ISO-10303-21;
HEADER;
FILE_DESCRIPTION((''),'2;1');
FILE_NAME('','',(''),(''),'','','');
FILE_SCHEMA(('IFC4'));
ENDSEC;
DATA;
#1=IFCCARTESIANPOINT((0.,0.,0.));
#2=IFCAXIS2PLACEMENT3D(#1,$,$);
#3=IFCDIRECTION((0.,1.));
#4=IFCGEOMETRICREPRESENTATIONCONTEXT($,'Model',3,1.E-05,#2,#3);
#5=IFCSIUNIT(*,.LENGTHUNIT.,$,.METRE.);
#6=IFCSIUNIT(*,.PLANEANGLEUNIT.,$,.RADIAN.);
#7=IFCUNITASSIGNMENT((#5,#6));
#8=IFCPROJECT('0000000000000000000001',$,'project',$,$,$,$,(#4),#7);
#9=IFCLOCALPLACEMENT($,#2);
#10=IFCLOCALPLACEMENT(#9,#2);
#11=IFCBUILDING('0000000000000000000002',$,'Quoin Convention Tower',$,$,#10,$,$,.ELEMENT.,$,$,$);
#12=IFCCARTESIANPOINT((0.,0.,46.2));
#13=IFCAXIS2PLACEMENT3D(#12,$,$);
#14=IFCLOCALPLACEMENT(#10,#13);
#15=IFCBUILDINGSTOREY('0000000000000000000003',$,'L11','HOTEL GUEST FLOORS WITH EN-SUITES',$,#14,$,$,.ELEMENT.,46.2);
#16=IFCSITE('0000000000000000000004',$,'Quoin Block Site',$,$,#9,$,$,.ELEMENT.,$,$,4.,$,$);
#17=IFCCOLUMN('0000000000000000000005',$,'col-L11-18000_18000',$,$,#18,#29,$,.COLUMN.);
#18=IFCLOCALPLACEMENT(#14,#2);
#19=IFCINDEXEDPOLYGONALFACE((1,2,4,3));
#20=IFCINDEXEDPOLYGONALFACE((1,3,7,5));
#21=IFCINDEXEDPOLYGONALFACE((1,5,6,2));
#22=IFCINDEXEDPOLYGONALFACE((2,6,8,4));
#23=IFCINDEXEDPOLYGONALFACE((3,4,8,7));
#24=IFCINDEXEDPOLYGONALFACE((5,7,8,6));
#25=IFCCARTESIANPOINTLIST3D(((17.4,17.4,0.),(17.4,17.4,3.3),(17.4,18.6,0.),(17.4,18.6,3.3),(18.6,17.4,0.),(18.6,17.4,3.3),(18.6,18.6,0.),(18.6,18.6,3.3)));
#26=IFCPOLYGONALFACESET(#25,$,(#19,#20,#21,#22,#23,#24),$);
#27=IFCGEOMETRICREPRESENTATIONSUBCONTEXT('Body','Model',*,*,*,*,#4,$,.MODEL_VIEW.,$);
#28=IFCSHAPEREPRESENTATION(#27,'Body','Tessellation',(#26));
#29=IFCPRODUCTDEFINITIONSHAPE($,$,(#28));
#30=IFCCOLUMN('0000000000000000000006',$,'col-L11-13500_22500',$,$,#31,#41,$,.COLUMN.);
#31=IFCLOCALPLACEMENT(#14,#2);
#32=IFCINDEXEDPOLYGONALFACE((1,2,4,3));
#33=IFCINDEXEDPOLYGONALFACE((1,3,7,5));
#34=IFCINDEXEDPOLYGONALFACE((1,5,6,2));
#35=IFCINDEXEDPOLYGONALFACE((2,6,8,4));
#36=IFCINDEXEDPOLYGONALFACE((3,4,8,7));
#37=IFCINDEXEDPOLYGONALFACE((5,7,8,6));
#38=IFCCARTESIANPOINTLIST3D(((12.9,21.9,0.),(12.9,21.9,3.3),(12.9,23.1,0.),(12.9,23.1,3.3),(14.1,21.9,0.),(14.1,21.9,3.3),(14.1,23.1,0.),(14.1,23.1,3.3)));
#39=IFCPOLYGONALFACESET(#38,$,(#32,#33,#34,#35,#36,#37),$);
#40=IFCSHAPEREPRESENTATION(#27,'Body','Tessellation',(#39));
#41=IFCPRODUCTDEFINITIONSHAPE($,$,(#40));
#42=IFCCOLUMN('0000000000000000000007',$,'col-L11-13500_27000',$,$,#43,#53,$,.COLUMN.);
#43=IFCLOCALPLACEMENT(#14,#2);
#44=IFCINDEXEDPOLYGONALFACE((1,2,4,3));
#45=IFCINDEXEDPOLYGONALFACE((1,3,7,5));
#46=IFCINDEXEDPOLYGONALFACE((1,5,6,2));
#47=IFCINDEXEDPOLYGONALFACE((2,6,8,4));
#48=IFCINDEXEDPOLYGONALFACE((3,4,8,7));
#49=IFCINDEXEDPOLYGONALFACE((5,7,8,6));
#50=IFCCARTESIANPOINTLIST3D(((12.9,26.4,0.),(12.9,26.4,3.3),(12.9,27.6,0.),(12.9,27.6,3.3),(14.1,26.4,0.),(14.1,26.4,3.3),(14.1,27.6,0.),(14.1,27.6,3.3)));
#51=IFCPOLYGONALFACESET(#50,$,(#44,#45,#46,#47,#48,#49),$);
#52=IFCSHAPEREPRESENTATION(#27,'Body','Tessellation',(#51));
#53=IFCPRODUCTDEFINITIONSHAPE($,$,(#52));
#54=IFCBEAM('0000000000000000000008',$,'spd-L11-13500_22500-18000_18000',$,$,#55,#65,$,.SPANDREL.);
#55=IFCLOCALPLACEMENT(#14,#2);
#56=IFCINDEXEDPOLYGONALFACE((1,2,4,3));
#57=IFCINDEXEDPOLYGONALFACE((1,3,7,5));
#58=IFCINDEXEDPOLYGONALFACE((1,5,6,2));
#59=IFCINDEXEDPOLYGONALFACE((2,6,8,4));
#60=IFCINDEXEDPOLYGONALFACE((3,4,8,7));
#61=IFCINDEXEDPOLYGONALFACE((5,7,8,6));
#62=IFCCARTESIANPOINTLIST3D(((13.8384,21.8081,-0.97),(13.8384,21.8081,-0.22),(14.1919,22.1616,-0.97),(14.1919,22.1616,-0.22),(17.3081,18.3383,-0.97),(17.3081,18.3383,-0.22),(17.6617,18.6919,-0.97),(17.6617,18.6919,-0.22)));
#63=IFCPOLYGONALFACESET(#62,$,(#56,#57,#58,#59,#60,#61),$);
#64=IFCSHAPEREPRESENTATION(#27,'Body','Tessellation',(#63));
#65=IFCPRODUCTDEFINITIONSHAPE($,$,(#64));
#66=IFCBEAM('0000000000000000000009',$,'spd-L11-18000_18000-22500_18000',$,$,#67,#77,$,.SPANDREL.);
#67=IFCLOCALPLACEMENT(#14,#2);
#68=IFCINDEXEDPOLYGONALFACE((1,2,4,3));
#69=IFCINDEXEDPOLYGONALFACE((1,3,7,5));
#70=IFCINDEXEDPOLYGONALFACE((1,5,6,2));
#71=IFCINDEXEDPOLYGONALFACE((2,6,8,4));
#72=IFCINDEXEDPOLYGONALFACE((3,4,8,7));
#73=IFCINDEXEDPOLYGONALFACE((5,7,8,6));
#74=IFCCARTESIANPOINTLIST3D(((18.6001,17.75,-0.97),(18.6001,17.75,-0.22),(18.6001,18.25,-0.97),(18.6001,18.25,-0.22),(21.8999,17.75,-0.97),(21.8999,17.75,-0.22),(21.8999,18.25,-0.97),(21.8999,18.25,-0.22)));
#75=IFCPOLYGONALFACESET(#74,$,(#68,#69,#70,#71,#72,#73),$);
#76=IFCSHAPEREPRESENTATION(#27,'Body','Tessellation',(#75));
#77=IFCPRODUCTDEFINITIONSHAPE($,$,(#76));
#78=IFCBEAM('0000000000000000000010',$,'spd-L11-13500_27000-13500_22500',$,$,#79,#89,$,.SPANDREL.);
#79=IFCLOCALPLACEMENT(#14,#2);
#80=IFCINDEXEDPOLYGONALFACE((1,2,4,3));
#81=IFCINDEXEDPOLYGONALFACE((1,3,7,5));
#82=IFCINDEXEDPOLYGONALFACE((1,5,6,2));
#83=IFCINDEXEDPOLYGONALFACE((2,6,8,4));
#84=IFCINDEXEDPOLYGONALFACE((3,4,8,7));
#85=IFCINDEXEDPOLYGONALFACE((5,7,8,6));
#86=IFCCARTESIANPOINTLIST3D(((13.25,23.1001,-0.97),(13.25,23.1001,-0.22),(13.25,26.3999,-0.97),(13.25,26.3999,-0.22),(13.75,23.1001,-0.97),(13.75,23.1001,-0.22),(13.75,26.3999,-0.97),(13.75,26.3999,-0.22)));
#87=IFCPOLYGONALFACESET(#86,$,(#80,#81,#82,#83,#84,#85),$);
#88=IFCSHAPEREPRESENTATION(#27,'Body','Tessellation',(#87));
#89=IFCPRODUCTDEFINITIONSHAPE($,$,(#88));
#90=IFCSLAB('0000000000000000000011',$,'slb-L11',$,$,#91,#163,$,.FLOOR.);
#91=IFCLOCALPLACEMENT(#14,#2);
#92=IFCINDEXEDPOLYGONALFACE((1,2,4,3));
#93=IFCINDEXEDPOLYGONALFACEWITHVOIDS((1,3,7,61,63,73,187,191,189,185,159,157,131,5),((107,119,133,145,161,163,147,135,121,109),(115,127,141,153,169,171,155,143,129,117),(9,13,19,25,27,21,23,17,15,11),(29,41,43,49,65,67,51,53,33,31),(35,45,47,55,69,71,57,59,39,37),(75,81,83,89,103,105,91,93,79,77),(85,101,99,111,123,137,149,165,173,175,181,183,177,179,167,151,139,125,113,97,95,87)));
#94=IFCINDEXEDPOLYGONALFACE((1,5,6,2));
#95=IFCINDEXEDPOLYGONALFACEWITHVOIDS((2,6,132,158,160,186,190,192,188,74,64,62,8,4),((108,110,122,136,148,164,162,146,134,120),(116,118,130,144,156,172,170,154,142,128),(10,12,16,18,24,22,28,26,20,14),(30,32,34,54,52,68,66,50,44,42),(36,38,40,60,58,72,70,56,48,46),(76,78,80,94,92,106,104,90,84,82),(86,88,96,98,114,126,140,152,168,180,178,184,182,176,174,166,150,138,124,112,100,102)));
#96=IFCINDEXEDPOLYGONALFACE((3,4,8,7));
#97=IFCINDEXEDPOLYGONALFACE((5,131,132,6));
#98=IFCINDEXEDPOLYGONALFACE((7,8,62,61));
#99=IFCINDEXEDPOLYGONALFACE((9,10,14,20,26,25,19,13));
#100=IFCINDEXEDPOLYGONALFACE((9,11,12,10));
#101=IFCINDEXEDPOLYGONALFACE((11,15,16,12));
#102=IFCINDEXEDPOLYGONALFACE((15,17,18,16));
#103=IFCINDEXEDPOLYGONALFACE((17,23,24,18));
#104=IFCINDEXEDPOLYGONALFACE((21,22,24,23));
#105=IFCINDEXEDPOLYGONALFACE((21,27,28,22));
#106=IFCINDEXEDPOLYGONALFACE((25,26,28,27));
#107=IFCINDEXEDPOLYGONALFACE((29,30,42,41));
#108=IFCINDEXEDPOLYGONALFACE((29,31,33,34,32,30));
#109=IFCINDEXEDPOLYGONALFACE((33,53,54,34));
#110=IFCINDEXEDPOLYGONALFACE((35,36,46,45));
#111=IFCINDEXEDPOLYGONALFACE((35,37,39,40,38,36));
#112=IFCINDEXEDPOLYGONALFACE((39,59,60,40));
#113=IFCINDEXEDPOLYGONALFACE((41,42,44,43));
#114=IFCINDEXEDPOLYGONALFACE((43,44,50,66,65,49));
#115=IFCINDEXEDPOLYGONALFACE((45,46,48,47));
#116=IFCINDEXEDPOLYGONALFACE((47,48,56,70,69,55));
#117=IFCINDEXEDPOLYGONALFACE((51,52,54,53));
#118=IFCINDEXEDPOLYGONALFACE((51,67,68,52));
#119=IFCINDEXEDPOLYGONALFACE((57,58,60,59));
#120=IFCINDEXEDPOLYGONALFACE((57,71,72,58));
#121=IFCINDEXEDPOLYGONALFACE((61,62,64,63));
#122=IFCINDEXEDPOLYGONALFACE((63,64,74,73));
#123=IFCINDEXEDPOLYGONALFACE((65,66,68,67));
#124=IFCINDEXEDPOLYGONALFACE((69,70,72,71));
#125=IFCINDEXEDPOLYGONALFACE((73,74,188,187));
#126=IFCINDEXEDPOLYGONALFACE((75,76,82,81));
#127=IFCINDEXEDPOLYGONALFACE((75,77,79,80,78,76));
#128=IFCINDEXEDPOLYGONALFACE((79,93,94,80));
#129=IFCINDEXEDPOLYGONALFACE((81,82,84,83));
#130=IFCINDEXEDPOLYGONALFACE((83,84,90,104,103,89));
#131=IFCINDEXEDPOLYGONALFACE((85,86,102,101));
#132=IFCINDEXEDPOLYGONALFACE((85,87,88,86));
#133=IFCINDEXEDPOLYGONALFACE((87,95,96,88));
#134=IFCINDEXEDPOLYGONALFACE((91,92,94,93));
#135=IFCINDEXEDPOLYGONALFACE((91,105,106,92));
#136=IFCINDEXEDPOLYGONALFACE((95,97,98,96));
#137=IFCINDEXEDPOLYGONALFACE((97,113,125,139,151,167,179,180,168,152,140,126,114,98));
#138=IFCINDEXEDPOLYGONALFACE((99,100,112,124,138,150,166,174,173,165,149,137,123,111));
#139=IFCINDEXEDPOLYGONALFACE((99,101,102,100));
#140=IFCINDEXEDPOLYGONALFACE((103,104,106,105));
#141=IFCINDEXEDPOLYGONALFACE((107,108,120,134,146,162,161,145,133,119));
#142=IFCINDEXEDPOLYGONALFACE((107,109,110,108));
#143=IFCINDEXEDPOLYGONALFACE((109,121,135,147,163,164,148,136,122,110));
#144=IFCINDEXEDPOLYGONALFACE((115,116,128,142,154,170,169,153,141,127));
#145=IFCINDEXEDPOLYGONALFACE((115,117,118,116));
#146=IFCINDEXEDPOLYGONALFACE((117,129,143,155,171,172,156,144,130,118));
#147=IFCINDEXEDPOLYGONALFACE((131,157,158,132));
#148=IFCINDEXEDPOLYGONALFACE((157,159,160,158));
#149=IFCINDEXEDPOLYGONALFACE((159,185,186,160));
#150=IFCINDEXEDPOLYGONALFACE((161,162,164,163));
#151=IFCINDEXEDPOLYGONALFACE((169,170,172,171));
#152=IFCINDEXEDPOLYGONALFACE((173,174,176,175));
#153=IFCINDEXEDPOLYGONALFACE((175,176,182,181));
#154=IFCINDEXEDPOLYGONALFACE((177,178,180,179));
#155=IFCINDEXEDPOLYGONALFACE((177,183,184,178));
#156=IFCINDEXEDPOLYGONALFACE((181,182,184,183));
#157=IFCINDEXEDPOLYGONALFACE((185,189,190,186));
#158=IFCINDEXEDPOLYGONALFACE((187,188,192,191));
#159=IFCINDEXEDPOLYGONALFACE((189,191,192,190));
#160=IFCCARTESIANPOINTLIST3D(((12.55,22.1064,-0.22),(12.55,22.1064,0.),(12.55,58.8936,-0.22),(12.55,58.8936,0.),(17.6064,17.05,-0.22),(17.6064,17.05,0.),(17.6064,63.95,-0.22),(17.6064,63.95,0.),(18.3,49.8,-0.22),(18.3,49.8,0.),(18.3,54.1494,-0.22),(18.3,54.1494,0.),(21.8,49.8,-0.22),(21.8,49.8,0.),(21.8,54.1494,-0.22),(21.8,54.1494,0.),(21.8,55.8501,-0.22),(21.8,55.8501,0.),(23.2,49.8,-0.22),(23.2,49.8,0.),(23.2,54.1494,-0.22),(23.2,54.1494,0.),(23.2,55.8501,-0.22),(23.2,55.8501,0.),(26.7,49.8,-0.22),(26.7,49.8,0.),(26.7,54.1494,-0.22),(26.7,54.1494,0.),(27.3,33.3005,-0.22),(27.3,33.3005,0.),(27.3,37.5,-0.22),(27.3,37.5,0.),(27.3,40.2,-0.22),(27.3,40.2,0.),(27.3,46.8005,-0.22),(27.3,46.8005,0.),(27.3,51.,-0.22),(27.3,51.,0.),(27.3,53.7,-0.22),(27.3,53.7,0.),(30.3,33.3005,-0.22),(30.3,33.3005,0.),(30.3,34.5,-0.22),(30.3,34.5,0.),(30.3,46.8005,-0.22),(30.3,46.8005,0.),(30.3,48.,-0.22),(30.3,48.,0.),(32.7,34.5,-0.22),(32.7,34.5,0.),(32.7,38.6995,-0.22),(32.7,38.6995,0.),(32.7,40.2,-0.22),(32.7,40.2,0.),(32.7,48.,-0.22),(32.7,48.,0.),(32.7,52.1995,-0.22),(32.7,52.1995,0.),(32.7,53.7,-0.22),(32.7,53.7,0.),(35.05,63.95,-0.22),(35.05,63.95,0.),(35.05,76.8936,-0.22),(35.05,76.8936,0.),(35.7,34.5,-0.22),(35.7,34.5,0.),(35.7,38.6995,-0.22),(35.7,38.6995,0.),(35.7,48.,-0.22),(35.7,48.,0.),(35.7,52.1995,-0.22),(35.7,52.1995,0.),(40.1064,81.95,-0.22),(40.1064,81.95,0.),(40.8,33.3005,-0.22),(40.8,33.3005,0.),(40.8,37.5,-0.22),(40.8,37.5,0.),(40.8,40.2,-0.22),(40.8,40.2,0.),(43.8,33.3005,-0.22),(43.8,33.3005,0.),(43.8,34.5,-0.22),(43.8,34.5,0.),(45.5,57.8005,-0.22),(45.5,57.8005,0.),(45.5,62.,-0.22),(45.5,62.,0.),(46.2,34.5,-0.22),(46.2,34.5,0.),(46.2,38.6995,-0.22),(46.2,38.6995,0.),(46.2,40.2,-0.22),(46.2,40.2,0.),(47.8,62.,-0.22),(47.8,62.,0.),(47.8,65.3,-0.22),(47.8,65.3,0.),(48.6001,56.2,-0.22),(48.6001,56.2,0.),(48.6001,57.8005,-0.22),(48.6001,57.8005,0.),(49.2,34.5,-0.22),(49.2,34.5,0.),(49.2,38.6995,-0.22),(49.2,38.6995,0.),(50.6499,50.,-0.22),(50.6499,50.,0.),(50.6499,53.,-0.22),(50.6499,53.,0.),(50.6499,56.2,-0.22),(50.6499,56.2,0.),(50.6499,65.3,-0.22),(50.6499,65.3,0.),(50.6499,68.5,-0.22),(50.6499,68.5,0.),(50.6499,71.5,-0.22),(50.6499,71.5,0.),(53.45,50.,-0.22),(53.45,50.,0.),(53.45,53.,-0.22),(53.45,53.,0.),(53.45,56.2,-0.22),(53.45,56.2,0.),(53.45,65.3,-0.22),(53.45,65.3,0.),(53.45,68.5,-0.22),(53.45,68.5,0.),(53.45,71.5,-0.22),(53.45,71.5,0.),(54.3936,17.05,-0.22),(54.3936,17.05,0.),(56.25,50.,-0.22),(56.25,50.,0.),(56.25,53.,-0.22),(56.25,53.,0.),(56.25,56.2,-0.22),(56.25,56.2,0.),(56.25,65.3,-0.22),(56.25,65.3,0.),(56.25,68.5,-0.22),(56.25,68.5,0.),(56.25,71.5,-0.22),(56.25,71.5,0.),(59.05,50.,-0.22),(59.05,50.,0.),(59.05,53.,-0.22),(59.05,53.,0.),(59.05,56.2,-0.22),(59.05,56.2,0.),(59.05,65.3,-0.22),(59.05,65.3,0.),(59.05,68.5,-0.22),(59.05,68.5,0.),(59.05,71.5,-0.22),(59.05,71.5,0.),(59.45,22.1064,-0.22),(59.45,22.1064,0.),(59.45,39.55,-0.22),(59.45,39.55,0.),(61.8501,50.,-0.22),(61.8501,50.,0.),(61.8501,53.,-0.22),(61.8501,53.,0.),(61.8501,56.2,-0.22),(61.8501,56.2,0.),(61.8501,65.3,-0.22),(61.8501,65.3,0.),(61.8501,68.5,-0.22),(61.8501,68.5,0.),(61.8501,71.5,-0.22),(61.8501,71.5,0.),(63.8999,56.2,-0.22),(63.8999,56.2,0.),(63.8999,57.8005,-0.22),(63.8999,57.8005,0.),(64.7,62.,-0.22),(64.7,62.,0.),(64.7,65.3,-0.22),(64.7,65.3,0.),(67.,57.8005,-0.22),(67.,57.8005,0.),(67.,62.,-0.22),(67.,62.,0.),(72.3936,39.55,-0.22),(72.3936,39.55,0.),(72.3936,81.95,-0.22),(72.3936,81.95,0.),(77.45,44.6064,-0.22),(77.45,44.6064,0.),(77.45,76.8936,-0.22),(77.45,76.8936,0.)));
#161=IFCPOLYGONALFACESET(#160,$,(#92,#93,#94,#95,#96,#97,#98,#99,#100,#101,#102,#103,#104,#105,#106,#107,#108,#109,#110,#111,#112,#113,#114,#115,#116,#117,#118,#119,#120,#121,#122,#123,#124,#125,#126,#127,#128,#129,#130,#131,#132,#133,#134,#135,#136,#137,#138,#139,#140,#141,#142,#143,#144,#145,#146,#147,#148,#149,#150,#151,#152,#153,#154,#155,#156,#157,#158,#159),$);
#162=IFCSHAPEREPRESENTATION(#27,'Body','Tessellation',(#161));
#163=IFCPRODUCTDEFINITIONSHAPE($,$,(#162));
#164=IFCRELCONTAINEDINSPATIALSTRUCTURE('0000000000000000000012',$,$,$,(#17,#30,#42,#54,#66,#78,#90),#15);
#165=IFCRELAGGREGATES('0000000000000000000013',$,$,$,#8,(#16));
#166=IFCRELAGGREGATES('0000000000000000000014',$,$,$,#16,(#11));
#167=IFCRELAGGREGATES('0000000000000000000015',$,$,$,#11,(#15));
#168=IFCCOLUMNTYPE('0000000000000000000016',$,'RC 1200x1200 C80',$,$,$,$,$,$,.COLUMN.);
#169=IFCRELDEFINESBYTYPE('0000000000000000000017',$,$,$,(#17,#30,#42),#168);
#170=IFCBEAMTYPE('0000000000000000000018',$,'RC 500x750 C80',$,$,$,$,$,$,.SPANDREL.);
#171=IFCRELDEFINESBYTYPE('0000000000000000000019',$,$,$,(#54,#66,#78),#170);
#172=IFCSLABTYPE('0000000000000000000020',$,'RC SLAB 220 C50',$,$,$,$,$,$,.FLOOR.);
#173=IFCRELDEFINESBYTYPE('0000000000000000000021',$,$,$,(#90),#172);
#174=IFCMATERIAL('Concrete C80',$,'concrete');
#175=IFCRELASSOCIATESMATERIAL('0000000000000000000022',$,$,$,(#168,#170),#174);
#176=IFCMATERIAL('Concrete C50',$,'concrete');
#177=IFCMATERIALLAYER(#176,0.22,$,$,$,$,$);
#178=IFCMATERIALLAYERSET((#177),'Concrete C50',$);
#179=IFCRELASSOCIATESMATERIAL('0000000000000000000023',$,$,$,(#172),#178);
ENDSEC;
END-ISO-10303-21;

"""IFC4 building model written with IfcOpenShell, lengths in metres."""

from ifc_helpers import new_model, si_unit, direction, frame, origin, origin_2d, place, context, subcontext, project, spatial, polyline, rectangle, outline, extrude, material, layer, layer_set, material_profile, profile_set, type_object, element, save


model = new_model("IFC4")

# Units and contexts
model_context = context("Model", 3, precision=1e-05, world=origin(), true_north=direction((0.0, 1.0)))
body_context = subcontext(model_context, "Body", "Model", "MODEL_VIEW")
ifc_project = project(units=[si_unit("LENGTHUNIT", "METRE"), si_unit("PLANEANGLEUNIT", "RADIAN")], contexts=[model_context])

# Site, building, storey
site_placement = place(None, origin())
site = spatial("IfcSite", under=ifc_project, at=site_placement, Name="Quoin Block Site", CompositionType="ELEMENT", RefElevation=4.0)
building_placement = place(site_placement, origin())
building = spatial("IfcBuilding", under=site, at=building_placement, Name="Quoin Convention Tower", CompositionType="ELEMENT")
storey_placement = place(building_placement, frame((0.0, 0.0, 46.2)))
storey = spatial("IfcBuildingStorey", under=building, at=storey_placement, Name="L11", Description="HOTEL GUEST FLOORS WITH EN-SUITES", CompositionType="ELEMENT", Elevation=46.2)

# Columns
ifc_material_1 = material(Name="Concrete C80", Category="concrete")
ifc_material_profile_1 = material_profile(ifc_material_1, rectangle(XDim=1.2, YDim=1.2, at=origin_2d()), Name="RC 1200x1200")
ifc_profile_set_1 = profile_set([ifc_material_profile_1], Name="Concrete C80")
column_type = type_object("IfcColumnType", Name="RC 1200x1200 C80", PredefinedType="COLUMN", material=ifc_profile_set_1)
for number, where, z_axis, x_axis, name in (
    (1, (18.0, 18.0, 0.0), (0.0, 0.0, 1.0), (1.0, 0.0, 0.0), "col-L11-18000_18000"),
    (2, (13.5, 22.5, 0.0), (0.0, 0.0, 1.0), (1.0, 0.0, 0.0), "col-L11-13500_22500"),
    (3, (13.5, 27.0, 0.0), (0.0, 0.0, 1.0), (1.0, 0.0, 0.0), "col-L11-13500_27000"),
):
    element("IfcColumn", number, at=place(storey_placement, frame(where, z_axis=z_axis, x_axis=x_axis)), inside=storey, type_object=column_type, Name=name, PredefinedType="COLUMN", context=body_context, shape_type="SweptSolid", body=[
        extrude(rectangle(XDim=1.2, YDim=1.2, at=origin_2d()), origin(), (0.0, 0.0, 1.0), 3.3),
    ])

# Beams
ifc_material_profile_2 = material_profile(ifc_material_1, rectangle(XDim=0.5, YDim=0.75, at=origin_2d()), Name="RC 500x750")
ifc_profile_set_2 = profile_set([ifc_material_profile_2], Name="Concrete C80")
beam_type = type_object("IfcBeamType", Name="RC 500x750 C80", PredefinedType="SPANDREL", material=ifc_profile_set_2)
beam_placement = place(storey_placement, frame((14.0151, 21.9849, -0.595), z_axis=(0.707107, -0.707107, 0.0), x_axis=(0.707107, 0.707107, 0.0)))
element("IfcBeam", 4, at=beam_placement, inside=storey, type_object=beam_type, Name="spd-L11-13500_22500-18000_18000", PredefinedType="SPANDREL", context=body_context, shape_type="SweptSolid", body=[
    extrude(rectangle(XDim=0.5, YDim=0.75, at=origin_2d()), origin(), (0.0, 0.0, 1.0), 4.907),
])
for number, where, z_axis, x_axis, name in (
    (5, (18.6001, 18.0, -0.595), (1.0, 0.0, 0.0), (0.0, 1.0, 0.0), "spd-L11-18000_18000-22500_18000"),
    (6, (13.5, 26.3999, -0.595), (0.0, -1.0, 0.0), (1.0, 0.0, 0.0), "spd-L11-13500_27000-13500_22500"),
):
    element("IfcBeam", number, at=place(storey_placement, frame(where, z_axis=z_axis, x_axis=x_axis)), inside=storey, type_object=beam_type, Name=name, PredefinedType="SPANDREL", context=body_context, shape_type="SweptSolid", body=[
        extrude(rectangle(XDim=0.5, YDim=0.75, at=origin_2d()), origin(), (0.0, 0.0, 1.0), 3.2998),
    ])

# Slab
ifc_material_2 = material(Name="Concrete C50", Category="concrete")
ifc_layer_1 = layer(ifc_material_2, 0.22)
ifc_layer_set_1 = layer_set([ifc_layer_1], Name="Concrete C50")
slab_type_1 = type_object("IfcSlabType", Name="RC SLAB 220 C50", PredefinedType="FLOOR", material=ifc_layer_set_1)
slab_1_placement = place(storey_placement, frame((0.0, 0.0, -0.22)))
element("IfcSlab", 7, at=slab_1_placement, inside=storey, type_object=slab_type_1, Name="slb-L11", PredefinedType="FLOOR", context=body_context, shape_type="SweptSolid", body=[
    extrude(outline(polyline([(12.55, 58.8936), (17.6064, 63.95), (35.05, 63.95), (35.05, 76.8936), (40.1064, 81.95), (72.3936, 81.95), (77.45, 76.8936), (77.45, 44.6064), (72.3936, 39.55), (59.45, 39.55), (59.45, 22.1064), (54.3936, 17.05), (17.6064, 17.05), (12.55, 22.1064), (12.55, 58.8936)]), holes=[polyline([(30.3, 33.3005), (30.3, 34.5), (32.7, 34.5), (35.7, 34.5), (35.7, 38.6995), (32.7, 38.6995), (32.7, 40.2), (27.3, 40.2), (27.3, 37.5), (27.3, 33.3005), (30.3, 33.3005)]), polyline([(43.8, 33.3005), (43.8, 34.5), (46.2, 34.5), (49.2, 34.5), (49.2, 38.6995), (46.2, 38.6995), (46.2, 40.2), (40.8, 40.2), (40.8, 37.5), (40.8, 33.3005), (43.8, 33.3005)]), polyline([(27.3, 46.8005), (30.3, 46.8005), (30.3, 48.0), (32.7, 48.0), (35.7, 48.0), (35.7, 52.1995), (32.7, 52.1995), (32.7, 53.7), (27.3, 53.7), (27.3, 51.0), (27.3, 46.8005)]), polyline([(53.45, 50.0), (56.25, 50.0), (59.05, 50.0), (61.8501, 50.0), (61.8501, 53.0), (59.05, 53.0), (56.25, 53.0), (53.45, 53.0), (50.6499, 53.0), (50.6499, 50.0), (53.45, 50.0)]), polyline([(23.2, 49.8), (26.7, 49.8), (26.7, 54.1494), (23.2, 54.1494), (23.2, 55.8501), (21.8, 55.8501), (21.8, 54.1494), (18.3, 54.1494), (18.3, 49.8), (21.8, 49.8), (23.2, 49.8)]), polyline([(45.5, 57.8005), (48.6001, 57.8005), (48.6001, 56.2), (50.6499, 56.2), (53.45, 56.2), (56.25, 56.2), (59.05, 56.2), (61.8501, 56.2), (63.8999, 56.2), (63.8999, 57.8005), (67.0, 57.8005), (67.0, 62.0), (64.7, 62.0), (64.7, 65.3), (61.8501, 65.3), (59.05, 65.3), (56.25, 65.3), (53.45, 65.3), (50.6499, 65.3), (47.8, 65.3), (47.8, 62.0), (45.5, 62.0), (45.5, 57.8005)]), polyline([(59.05, 68.5), (61.8501, 68.5), (61.8501, 71.5), (59.05, 71.5), (56.25, 71.5), (53.45, 71.5), (50.6499, 71.5), (50.6499, 68.5), (53.45, 68.5), (56.25, 68.5), (59.05, 68.5)])]), origin(), (0.0, 0.0, 1.0), 0.22),
])

save(model, "model.ifc")
